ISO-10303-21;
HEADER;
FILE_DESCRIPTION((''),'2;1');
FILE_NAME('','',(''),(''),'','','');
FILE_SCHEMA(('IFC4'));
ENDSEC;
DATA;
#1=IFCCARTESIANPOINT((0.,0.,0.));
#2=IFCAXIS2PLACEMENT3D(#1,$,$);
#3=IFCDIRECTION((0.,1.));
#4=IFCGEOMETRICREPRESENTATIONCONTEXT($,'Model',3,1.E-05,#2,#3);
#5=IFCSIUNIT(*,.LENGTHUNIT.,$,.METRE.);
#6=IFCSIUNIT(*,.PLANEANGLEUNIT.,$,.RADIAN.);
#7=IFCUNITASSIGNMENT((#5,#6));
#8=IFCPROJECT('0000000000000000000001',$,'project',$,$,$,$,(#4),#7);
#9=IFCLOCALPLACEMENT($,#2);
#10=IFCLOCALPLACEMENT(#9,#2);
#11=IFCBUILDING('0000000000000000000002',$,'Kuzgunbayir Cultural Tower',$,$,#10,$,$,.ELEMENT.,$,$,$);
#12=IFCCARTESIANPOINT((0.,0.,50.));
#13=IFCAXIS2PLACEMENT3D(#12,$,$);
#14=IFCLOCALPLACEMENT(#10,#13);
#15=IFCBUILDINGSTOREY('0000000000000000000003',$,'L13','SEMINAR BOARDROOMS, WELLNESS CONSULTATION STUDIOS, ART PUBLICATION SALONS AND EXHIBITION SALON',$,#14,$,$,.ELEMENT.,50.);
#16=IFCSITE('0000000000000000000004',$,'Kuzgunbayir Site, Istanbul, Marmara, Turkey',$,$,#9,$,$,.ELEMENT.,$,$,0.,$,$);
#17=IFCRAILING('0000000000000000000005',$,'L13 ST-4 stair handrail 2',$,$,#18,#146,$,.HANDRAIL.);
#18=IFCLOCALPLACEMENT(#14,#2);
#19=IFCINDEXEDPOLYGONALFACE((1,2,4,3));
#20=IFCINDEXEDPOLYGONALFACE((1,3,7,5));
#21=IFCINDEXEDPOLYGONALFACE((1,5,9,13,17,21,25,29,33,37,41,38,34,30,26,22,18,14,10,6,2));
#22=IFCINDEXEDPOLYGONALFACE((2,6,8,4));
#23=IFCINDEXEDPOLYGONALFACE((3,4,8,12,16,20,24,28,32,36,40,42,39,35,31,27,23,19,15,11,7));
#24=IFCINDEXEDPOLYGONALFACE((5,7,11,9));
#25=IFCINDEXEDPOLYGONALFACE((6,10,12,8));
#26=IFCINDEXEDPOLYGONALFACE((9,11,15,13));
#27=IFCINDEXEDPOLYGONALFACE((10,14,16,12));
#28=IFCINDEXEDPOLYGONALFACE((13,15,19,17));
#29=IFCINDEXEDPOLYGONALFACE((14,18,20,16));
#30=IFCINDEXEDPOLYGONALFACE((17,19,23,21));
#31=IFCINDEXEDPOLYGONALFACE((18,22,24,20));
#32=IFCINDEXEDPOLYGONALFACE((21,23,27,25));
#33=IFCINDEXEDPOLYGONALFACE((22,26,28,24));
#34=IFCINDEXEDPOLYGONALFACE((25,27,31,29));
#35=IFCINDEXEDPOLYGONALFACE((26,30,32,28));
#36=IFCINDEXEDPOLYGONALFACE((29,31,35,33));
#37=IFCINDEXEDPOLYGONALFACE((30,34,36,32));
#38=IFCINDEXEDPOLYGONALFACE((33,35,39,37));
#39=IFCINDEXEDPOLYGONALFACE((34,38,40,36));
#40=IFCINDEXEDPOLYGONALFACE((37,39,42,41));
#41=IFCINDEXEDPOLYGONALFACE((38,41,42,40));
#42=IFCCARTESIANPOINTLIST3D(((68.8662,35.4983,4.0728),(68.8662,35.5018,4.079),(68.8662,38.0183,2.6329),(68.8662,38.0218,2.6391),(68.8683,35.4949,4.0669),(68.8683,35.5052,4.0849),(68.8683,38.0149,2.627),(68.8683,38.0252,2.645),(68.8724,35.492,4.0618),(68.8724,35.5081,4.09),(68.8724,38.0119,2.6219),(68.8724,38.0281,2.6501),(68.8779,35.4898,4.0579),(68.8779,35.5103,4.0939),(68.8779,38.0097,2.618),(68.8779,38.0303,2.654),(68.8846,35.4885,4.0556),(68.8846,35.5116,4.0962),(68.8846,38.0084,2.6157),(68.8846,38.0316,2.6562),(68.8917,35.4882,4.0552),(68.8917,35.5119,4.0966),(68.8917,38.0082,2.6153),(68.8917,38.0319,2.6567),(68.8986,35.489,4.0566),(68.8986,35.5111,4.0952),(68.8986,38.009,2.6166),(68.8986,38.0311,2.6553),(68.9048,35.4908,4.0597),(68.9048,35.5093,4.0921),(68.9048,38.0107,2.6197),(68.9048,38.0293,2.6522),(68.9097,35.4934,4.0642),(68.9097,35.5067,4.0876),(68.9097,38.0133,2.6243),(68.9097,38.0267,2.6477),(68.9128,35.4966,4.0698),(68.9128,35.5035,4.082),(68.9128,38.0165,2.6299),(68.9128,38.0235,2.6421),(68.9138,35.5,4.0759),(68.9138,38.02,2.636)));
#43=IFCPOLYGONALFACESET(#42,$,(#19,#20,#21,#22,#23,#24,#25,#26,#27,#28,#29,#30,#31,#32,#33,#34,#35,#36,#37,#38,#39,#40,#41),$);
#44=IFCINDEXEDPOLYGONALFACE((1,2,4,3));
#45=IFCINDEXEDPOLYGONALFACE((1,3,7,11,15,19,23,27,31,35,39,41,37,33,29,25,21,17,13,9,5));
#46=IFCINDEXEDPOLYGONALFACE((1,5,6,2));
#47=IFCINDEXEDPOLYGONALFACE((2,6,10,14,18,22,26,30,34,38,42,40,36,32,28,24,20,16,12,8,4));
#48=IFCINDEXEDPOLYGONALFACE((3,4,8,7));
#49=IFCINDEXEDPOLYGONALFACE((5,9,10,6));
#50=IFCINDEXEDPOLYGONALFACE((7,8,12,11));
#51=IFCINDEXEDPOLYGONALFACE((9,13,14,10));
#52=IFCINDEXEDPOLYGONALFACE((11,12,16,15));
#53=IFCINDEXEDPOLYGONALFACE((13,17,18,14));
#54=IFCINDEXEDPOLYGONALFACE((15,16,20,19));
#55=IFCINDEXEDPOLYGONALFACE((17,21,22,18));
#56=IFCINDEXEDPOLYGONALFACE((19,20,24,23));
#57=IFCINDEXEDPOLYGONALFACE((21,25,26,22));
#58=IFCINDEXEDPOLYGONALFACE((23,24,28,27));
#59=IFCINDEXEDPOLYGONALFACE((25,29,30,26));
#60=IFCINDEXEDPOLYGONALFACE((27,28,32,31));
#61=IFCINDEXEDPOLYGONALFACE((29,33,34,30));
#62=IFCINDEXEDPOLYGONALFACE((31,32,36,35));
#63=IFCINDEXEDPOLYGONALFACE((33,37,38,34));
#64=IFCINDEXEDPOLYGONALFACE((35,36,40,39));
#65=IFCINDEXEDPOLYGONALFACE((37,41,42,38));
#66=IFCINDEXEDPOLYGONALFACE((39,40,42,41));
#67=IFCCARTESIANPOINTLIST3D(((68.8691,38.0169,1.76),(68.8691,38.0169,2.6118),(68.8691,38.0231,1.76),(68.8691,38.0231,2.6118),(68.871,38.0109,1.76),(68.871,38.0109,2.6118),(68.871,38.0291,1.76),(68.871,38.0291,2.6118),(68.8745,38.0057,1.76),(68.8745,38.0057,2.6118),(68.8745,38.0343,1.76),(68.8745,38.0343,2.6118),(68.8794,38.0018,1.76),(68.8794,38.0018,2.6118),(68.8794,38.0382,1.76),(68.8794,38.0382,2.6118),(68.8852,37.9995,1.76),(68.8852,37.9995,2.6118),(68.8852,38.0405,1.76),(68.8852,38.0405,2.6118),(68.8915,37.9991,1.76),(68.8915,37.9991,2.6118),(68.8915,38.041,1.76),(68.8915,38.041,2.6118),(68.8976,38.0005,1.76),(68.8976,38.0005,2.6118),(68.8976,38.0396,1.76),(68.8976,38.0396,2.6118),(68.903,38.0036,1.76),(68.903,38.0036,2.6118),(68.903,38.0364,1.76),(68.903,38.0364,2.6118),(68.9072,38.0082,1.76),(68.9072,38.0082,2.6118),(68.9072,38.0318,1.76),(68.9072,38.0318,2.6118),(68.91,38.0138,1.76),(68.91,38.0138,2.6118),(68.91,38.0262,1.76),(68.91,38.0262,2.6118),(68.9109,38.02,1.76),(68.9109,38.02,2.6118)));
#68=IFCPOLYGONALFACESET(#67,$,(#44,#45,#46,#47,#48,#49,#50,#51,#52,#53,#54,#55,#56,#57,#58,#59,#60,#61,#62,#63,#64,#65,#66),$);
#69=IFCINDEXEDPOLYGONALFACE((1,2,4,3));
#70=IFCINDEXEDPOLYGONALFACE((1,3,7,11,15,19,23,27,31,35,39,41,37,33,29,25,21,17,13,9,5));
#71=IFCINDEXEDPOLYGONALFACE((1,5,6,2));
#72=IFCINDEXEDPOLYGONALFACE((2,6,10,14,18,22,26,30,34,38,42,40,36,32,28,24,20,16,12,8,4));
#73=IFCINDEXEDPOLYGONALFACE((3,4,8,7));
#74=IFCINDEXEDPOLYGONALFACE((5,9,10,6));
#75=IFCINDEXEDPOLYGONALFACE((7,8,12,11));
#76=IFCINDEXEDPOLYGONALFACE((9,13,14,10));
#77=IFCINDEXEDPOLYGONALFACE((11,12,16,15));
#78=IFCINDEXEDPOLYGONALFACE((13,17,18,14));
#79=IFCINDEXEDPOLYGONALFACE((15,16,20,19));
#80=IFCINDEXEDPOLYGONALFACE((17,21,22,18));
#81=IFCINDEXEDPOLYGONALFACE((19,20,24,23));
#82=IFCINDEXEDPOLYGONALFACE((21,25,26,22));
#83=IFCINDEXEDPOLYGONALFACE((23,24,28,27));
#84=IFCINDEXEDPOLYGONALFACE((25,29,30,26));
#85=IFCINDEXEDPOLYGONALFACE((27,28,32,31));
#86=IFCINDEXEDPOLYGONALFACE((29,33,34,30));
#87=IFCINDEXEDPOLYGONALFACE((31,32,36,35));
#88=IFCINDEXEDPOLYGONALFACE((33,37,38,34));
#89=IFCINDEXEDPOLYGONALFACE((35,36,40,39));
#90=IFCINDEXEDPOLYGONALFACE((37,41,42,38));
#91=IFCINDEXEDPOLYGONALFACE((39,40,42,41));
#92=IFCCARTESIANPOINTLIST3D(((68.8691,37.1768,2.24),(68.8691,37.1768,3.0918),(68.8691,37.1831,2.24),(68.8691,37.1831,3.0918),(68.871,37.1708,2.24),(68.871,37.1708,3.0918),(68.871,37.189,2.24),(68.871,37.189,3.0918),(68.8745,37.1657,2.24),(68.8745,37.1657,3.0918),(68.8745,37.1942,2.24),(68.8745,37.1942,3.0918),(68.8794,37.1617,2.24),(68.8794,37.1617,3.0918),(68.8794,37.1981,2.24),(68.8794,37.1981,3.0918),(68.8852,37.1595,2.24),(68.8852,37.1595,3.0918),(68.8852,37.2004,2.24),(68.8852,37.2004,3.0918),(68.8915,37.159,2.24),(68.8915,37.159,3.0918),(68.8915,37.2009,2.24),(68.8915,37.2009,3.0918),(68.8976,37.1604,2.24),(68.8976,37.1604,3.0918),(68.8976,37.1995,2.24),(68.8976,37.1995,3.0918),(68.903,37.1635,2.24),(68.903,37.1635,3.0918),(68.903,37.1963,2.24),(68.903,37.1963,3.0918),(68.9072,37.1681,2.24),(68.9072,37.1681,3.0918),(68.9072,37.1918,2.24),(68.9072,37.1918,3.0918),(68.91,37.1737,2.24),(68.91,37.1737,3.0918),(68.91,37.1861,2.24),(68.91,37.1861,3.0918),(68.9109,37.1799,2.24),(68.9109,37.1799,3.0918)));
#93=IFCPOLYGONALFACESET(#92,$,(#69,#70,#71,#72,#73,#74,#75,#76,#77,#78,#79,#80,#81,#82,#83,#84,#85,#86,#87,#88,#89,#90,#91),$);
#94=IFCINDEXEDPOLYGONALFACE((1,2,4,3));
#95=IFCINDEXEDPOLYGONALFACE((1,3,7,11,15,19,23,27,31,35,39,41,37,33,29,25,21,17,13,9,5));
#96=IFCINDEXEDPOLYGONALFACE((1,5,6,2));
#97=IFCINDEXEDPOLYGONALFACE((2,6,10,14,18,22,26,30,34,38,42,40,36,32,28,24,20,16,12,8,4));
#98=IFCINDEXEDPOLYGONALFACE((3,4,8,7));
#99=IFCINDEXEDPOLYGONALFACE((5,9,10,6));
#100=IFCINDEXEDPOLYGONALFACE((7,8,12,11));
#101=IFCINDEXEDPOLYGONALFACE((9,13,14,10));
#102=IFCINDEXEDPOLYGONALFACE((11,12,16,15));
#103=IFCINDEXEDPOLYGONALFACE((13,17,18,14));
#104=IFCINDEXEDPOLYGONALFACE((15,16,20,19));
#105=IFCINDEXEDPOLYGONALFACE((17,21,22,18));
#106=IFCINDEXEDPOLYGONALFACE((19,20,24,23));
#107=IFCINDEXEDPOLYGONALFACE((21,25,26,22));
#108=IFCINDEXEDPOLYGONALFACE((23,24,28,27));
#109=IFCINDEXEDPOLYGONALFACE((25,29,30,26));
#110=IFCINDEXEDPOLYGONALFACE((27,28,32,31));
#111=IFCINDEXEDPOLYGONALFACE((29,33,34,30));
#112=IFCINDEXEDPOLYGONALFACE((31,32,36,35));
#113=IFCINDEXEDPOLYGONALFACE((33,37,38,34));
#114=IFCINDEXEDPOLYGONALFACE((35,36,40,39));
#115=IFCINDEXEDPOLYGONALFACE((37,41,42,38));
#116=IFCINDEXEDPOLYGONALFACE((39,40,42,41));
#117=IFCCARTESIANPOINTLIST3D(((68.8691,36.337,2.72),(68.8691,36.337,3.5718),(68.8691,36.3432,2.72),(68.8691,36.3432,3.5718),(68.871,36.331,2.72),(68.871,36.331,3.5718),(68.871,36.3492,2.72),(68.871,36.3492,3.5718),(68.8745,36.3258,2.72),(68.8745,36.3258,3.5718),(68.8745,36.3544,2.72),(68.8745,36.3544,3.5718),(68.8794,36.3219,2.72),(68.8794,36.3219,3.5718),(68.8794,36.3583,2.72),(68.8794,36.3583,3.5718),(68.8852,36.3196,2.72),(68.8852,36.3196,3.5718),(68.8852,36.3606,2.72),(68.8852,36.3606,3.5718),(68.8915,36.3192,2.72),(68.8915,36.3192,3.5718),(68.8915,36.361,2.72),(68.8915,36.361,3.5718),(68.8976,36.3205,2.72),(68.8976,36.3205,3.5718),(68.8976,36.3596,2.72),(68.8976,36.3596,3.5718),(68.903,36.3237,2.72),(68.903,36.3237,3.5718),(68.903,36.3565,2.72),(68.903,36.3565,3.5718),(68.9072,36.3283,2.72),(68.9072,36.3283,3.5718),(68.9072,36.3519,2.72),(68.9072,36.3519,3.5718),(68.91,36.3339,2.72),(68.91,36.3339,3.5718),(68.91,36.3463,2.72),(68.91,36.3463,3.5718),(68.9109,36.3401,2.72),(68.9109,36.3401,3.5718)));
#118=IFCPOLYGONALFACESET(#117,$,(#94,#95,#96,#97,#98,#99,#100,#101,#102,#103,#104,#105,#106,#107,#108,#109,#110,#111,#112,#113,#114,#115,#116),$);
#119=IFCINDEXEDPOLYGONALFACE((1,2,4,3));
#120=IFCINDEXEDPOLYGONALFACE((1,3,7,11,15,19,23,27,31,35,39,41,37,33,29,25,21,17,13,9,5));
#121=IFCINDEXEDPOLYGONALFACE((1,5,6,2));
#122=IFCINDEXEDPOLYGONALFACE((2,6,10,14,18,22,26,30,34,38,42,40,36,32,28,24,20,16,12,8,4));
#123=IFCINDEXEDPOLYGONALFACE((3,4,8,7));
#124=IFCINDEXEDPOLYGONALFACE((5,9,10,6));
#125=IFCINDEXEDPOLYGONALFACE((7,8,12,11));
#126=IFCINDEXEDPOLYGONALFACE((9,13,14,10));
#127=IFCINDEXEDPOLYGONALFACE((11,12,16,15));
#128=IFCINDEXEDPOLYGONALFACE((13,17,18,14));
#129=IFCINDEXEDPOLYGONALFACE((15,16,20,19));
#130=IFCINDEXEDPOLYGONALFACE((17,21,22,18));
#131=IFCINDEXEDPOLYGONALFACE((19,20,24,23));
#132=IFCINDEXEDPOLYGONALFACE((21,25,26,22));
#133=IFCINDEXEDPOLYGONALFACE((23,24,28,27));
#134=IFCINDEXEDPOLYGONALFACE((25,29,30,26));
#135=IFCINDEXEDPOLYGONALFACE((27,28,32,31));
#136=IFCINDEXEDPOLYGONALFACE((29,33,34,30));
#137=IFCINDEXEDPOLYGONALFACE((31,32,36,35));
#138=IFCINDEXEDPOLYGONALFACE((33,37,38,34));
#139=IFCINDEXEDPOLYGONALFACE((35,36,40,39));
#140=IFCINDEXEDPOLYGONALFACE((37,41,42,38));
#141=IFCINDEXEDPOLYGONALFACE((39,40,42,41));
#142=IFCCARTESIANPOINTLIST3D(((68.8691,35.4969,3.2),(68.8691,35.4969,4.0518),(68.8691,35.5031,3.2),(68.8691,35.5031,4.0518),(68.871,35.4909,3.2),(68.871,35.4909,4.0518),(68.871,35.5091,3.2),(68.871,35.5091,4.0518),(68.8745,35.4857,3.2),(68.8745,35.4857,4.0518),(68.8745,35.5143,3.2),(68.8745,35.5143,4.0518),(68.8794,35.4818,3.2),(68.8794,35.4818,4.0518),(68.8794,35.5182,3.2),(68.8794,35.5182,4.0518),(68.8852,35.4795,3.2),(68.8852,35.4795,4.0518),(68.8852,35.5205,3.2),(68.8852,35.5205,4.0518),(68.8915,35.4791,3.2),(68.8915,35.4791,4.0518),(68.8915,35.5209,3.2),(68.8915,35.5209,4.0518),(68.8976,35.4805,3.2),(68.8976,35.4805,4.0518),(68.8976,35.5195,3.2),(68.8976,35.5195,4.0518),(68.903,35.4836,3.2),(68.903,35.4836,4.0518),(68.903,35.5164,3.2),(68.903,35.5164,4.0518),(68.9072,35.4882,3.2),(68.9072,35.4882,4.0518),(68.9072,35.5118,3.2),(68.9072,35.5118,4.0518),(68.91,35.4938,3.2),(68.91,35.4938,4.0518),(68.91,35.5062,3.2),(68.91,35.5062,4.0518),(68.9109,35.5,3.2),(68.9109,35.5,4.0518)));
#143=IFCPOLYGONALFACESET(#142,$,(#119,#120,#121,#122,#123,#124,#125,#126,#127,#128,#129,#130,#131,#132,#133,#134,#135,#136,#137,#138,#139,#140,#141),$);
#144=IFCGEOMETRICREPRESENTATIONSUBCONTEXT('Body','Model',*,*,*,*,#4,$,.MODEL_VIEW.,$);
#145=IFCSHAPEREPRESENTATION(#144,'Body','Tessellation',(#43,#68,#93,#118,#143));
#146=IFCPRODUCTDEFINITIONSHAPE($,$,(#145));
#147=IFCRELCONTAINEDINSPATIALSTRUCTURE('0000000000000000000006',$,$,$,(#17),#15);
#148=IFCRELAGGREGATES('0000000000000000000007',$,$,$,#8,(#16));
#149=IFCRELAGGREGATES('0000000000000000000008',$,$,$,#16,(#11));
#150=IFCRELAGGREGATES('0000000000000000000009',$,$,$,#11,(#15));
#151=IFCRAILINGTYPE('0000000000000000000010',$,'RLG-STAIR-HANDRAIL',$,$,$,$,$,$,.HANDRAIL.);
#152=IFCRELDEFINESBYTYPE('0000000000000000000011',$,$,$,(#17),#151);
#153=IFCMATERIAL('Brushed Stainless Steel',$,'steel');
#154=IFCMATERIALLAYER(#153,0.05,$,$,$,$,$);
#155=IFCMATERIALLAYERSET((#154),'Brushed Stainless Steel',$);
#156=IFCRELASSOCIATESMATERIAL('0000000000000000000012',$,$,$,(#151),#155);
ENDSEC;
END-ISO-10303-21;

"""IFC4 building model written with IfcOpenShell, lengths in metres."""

from ifc_helpers import new_model, si_unit, direction, frame, origin, origin_2d, place, context, subcontext, project, spatial, circle, extrude, material, layer, layer_set, type_object, element, save


model = new_model("IFC4")

# Units and contexts
model_context = context("Model", 3, precision=1e-05, world=origin(), true_north=direction((0.0, 1.0)))
body_context = subcontext(model_context, "Body", "Model", "MODEL_VIEW")
ifc_project = project(units=[si_unit("LENGTHUNIT", "METRE"), si_unit("PLANEANGLEUNIT", "RADIAN")], contexts=[model_context])

# Site, building, storey
site_placement = place(None, origin())
site = spatial("IfcSite", under=ifc_project, at=site_placement, Name="Kuzgunbayir Site, Istanbul, Marmara, Turkey", CompositionType="ELEMENT", RefElevation=0.0)
building_placement = place(site_placement, origin())
building = spatial("IfcBuilding", under=site, at=building_placement, Name="Kuzgunbayir Cultural Tower", CompositionType="ELEMENT")
storey_placement = place(building_placement, frame((0.0, 0.0, 50.0)))
storey = spatial("IfcBuildingStorey", under=building, at=storey_placement, Name="L13", Description="SEMINAR BOARDROOMS, WELLNESS CONSULTATION STUDIOS, ART PUBLICATION SALONS AND EXHIBITION SALON", CompositionType="ELEMENT", Elevation=50.0)

# Shared definitions
ifc_material_1 = material(Name="Brushed Stainless Steel", Category="steel")

# Railing
ifc_layer_1 = layer(ifc_material_1, 0.05)
ifc_layer_set_1 = layer_set([ifc_layer_1], Name="Brushed Stainless Steel")
railing_type_1 = type_object("IfcRailingType", Name="RLG-STAIR-HANDRAIL", PredefinedType="HANDRAIL", material=ifc_layer_set_1)
railing_1_placement = place(storey_placement, frame((68.8899, 38.02, 1.76)))
element("IfcRailing", 1, at=railing_1_placement, inside=storey, type_object=railing_type_1, Name="L13 ST-4 stair handrail 2", PredefinedType="HANDRAIL", context=body_context, shape_type="SweptSolid", body=[
    extrude(circle(Radius=0.0239, at=origin_2d()), frame((0.0, 0.0, 0.876), z_axis=(0.0, -0.868253, 0.496121), x_axis=(1.0, 0.0, 0.0)), (0.0, 0.0, 1.0), 2.9023),
    extrude(circle(Radius=0.021, at=origin_2d()), origin(), (0.0, 0.0, 1.0), 0.8518),
    extrude(circle(Radius=0.021, at=origin_2d()), frame((0.0, -0.8401, 0.48)), (0.0, 0.0, 1.0), 0.8518),
    extrude(circle(Radius=0.021, at=origin_2d()), frame((0.0, -1.6799, 0.96)), (0.0, 0.0, 1.0), 0.8518),
    extrude(circle(Radius=0.021, at=origin_2d()), frame((0.0, -2.52, 1.4399)), (0.0, 0.0, 1.0), 0.8518),
])

save(model, "model.ifc")
